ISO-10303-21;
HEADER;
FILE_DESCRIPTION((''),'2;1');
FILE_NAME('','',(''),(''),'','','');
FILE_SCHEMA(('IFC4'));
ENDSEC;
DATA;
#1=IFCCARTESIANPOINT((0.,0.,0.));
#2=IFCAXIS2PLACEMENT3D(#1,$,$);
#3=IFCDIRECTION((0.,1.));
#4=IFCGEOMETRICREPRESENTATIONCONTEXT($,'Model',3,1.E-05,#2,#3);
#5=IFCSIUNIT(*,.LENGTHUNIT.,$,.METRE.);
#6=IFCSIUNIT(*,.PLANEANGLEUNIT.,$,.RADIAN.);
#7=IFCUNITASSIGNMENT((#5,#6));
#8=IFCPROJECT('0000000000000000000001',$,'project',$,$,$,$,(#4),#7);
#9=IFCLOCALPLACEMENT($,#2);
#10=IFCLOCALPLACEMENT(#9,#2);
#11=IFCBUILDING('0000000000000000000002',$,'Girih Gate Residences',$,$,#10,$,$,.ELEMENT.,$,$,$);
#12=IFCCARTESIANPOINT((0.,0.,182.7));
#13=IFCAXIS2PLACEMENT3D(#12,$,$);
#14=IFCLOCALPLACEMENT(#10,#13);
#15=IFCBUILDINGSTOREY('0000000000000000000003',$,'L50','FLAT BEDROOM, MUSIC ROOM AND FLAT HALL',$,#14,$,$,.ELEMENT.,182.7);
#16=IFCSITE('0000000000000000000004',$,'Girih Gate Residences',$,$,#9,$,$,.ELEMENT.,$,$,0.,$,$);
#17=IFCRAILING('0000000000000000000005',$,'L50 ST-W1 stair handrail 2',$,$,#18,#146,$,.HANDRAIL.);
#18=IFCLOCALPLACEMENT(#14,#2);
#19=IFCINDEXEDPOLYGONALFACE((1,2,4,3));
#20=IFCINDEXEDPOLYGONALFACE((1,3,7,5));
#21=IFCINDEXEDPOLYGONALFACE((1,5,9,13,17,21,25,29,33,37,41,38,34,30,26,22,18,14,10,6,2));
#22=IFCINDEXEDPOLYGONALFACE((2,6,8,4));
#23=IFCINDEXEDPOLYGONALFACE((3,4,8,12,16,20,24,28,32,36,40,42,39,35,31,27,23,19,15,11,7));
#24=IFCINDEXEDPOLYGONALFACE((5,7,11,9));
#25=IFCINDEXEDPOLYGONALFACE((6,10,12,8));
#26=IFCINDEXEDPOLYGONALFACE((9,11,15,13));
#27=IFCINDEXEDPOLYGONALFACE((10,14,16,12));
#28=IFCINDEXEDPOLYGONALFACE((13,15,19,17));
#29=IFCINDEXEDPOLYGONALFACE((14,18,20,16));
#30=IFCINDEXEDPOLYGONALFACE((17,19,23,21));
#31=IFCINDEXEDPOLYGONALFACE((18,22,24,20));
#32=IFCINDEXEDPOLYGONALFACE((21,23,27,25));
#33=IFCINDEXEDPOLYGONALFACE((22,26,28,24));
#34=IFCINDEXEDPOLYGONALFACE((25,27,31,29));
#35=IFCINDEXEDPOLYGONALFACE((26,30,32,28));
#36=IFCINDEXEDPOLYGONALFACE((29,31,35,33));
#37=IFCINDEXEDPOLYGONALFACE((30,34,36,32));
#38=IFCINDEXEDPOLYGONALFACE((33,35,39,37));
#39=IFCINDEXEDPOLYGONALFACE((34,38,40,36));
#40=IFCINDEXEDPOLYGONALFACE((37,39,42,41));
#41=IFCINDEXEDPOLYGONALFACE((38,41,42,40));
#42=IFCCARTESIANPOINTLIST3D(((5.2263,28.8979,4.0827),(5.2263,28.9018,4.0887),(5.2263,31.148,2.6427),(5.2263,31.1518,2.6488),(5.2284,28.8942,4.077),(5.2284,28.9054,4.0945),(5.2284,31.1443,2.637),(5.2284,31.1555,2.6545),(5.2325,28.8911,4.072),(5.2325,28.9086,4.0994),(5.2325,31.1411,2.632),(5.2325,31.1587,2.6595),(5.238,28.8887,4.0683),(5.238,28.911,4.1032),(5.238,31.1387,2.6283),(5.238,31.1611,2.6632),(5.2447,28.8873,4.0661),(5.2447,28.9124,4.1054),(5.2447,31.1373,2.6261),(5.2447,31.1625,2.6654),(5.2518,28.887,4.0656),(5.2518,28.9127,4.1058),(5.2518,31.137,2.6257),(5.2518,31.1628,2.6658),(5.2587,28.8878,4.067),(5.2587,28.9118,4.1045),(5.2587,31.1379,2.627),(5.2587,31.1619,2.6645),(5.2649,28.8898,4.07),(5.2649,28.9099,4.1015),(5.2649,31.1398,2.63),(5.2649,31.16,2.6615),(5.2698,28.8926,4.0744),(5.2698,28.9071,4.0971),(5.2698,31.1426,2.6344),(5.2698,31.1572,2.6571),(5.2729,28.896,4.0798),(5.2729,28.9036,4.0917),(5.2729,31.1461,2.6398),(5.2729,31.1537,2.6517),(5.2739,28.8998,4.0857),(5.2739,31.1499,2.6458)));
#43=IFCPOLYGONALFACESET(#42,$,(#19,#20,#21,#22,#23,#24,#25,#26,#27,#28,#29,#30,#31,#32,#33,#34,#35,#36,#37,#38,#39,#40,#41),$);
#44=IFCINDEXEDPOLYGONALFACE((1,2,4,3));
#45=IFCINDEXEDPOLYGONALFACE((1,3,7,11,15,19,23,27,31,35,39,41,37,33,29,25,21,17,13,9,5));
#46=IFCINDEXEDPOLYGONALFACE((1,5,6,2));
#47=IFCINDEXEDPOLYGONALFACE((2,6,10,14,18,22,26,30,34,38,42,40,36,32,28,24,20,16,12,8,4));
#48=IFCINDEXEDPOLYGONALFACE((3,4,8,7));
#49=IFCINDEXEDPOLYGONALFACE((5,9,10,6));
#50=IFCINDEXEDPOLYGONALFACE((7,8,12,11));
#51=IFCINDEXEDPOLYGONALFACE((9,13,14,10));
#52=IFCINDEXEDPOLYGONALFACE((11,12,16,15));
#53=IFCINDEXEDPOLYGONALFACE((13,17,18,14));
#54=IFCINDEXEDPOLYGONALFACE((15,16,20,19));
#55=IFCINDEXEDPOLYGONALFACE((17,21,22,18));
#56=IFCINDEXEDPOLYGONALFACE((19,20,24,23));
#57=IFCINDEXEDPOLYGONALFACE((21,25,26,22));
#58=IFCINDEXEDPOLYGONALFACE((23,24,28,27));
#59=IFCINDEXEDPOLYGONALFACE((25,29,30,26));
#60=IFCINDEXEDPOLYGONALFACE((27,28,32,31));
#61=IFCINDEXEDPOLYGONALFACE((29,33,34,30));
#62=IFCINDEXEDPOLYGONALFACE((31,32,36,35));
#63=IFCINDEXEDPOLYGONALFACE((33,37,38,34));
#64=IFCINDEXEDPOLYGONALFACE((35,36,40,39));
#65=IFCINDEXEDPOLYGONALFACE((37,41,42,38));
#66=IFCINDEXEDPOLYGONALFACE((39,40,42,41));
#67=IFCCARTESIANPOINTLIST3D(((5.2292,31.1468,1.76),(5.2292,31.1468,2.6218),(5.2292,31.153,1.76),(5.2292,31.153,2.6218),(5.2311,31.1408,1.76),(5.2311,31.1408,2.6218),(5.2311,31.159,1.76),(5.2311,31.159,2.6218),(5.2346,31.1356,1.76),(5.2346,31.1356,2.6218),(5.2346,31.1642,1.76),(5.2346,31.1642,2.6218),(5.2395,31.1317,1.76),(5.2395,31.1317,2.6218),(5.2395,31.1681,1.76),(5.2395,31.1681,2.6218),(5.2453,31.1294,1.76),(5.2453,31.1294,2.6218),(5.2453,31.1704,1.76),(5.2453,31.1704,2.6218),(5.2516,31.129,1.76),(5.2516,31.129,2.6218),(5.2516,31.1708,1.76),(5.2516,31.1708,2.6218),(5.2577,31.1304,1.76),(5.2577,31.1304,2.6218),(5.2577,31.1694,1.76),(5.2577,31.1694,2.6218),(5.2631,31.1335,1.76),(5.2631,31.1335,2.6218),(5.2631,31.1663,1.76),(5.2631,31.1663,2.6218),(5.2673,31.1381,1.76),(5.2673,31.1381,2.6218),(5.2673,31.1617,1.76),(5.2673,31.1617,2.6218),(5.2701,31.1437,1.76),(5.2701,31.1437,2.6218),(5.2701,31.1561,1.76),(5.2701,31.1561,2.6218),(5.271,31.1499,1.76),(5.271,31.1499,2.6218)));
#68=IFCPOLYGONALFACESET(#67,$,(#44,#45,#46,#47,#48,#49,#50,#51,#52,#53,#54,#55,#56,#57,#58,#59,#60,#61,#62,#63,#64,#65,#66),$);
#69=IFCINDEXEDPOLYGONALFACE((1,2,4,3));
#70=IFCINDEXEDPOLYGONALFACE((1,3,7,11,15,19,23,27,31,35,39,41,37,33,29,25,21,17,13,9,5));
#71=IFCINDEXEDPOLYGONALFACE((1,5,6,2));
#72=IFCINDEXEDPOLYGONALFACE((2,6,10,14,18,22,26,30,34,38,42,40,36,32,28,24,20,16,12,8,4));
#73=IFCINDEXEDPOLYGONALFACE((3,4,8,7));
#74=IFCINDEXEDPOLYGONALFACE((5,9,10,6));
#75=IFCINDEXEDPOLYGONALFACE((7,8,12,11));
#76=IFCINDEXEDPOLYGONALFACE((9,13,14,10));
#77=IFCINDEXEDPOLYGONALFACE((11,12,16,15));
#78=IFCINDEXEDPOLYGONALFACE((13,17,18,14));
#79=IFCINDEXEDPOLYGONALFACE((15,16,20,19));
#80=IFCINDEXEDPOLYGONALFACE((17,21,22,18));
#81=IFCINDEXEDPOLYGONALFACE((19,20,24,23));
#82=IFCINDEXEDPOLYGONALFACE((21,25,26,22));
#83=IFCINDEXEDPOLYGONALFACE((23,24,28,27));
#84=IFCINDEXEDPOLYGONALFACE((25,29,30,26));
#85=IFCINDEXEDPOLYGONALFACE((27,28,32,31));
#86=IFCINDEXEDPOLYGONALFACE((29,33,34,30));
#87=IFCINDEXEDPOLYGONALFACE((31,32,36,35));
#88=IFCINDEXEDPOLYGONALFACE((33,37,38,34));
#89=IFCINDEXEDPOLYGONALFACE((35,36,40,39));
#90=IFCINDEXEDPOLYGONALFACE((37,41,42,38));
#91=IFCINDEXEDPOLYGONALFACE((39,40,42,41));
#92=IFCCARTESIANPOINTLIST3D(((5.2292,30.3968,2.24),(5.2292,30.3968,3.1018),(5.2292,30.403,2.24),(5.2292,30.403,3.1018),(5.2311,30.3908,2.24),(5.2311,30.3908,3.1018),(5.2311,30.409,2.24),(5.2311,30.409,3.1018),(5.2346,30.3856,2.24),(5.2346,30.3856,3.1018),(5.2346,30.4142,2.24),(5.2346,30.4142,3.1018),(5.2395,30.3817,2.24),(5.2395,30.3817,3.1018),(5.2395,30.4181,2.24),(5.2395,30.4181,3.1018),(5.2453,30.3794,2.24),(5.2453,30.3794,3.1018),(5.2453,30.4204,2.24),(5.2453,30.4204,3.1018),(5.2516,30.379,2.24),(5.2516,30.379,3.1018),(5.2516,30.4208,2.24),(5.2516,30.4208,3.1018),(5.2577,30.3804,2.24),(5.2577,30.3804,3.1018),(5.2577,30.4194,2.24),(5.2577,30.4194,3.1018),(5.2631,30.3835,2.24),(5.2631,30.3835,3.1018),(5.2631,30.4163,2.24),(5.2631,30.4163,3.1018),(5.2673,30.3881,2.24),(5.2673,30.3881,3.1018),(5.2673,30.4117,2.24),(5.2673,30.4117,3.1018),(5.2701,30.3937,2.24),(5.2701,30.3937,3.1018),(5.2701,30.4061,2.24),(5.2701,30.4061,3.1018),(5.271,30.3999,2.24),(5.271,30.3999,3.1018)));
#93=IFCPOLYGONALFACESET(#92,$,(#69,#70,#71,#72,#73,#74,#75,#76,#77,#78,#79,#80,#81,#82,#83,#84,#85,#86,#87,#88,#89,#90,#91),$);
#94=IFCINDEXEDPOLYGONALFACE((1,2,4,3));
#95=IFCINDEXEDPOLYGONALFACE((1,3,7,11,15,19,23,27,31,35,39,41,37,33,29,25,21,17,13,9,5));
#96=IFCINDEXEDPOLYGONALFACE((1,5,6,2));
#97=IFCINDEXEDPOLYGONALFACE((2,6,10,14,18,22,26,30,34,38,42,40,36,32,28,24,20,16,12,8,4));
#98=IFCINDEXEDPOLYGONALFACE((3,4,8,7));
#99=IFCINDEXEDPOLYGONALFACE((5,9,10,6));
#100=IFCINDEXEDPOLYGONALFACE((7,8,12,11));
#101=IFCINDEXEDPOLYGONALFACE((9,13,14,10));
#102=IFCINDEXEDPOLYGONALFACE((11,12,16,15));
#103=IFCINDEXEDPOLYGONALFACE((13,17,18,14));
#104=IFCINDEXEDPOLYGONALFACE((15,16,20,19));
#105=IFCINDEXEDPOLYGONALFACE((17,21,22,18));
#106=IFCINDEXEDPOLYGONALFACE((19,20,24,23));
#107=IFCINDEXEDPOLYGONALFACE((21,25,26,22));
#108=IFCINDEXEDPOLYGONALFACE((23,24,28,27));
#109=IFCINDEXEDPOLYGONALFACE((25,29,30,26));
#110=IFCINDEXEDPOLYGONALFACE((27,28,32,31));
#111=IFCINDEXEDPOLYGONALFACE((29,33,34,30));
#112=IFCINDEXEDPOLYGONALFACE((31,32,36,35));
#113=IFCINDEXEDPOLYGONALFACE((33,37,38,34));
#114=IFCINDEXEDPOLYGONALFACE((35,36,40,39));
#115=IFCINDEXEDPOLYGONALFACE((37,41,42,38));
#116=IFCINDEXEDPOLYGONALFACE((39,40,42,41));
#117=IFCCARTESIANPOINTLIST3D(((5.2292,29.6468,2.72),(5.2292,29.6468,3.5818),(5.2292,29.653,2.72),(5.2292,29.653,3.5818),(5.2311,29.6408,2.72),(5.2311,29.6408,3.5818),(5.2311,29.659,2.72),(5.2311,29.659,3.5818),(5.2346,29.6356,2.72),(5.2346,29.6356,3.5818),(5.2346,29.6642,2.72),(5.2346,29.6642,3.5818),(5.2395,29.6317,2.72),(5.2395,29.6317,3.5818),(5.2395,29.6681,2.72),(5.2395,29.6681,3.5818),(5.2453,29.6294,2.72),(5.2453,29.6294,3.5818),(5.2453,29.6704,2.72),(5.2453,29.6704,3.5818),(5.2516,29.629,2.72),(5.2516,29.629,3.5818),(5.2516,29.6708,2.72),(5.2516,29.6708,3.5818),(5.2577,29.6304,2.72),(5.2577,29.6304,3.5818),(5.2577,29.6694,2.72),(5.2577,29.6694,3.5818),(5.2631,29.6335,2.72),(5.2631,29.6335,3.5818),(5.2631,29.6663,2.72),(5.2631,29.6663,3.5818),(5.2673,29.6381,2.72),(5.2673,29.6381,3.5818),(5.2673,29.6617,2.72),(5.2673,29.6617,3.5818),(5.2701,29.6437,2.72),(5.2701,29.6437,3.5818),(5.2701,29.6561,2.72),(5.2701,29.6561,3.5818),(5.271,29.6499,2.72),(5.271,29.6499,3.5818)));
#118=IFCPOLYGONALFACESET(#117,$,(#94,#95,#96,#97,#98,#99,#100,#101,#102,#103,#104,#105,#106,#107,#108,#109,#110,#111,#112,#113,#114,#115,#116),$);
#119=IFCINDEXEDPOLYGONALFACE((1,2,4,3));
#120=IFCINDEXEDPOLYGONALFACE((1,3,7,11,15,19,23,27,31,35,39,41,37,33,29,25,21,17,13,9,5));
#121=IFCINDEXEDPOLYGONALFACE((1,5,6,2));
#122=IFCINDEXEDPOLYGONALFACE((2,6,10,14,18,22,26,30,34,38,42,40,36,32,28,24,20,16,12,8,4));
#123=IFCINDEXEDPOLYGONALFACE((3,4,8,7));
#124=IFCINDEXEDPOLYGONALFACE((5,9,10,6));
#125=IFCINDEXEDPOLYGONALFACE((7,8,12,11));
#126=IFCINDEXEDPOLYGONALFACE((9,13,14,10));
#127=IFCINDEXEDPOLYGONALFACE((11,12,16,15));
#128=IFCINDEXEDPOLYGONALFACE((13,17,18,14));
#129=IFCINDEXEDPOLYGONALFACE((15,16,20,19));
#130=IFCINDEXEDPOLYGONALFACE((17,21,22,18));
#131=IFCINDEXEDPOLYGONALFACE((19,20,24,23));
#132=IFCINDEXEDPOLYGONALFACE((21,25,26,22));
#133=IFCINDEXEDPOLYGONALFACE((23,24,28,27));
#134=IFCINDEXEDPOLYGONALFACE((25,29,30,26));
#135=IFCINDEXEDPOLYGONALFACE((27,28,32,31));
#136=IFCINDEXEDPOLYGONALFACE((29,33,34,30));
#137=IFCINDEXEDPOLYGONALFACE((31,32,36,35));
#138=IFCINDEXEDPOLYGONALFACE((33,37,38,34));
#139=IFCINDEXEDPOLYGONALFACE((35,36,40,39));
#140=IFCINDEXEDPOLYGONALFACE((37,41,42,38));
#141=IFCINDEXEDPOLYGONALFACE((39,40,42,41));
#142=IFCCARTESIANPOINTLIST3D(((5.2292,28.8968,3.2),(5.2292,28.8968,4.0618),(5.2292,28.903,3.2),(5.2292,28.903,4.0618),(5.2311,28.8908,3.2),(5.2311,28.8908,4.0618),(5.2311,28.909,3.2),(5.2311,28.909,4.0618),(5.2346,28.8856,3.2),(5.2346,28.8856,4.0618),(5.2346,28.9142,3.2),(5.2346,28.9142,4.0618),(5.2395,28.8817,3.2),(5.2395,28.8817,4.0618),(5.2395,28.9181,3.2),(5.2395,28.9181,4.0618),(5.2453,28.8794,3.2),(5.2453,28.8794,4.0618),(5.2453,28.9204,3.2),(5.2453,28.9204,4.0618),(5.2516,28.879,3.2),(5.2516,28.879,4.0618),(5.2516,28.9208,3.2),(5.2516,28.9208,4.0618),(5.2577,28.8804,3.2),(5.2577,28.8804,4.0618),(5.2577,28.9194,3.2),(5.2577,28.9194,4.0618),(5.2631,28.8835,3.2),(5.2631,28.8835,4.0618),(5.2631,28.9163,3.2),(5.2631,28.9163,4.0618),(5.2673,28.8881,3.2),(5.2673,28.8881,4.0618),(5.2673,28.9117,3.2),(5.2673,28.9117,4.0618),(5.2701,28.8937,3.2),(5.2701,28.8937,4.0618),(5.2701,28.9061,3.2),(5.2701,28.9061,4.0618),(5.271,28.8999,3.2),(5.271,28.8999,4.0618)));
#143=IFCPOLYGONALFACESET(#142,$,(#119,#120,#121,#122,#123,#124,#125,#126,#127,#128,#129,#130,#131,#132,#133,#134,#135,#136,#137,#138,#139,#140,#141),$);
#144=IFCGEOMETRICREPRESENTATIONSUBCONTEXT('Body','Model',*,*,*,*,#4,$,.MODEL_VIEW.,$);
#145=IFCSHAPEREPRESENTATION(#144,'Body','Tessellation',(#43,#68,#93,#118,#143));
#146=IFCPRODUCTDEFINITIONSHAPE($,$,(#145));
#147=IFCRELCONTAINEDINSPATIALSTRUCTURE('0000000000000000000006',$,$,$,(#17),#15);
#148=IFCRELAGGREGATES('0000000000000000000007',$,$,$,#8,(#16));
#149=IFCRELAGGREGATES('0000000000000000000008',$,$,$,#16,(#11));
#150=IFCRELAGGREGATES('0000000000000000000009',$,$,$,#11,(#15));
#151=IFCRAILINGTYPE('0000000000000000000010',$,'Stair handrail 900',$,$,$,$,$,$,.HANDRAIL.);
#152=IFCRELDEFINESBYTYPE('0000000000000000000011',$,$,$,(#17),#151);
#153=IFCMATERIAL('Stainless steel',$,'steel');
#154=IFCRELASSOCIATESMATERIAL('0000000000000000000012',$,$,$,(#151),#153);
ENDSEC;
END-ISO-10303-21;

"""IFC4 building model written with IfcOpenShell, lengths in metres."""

from ifc_helpers import new_model, si_unit, direction, frame, origin, origin_2d, place, context, subcontext, project, spatial, circle, extrude, material, type_object, element, save


model = new_model("IFC4")

# Units and contexts
model_context = context("Model", 3, precision=1e-05, world=origin(), true_north=direction((0.0, 1.0)))
body_context = subcontext(model_context, "Body", "Model", "MODEL_VIEW")
ifc_project = project(units=[si_unit("LENGTHUNIT", "METRE"), si_unit("PLANEANGLEUNIT", "RADIAN")], contexts=[model_context])

# Site, building, storey
site_placement = place(None, origin())
site = spatial("IfcSite", under=ifc_project, at=site_placement, Name="Girih Gate Residences", CompositionType="ELEMENT", RefElevation=0.0)
building_placement = place(site_placement, origin())
building = spatial("IfcBuilding", under=site, at=building_placement, Name="Girih Gate Residences", CompositionType="ELEMENT")
storey_placement = place(building_placement, frame((0.0, 0.0, 182.7)))
storey = spatial("IfcBuildingStorey", under=building, at=storey_placement, Name="L50", Description="FLAT BEDROOM, MUSIC ROOM AND FLAT HALL", CompositionType="ELEMENT", Elevation=182.7)

# Shared definitions
ifc_material_1 = material(Name="Stainless steel", Category="steel")

# Railing
railing_type_1 = type_object("IfcRailingType", Name="Stair handrail 900", PredefinedType="HANDRAIL", material=ifc_material_1)
railing_1_placement = place(storey_placement, frame((5.25, 31.1499, 1.76)))
element("IfcRailing", 1, at=railing_1_placement, inside=storey, type_object=railing_type_1, Name="L50 ST-W1 stair handrail 2", PredefinedType="HANDRAIL", context=body_context, shape_type="SweptSolid", body=[
    extrude(circle(Radius=0.0239, at=origin_2d()), frame((0.0, 0.0, 0.8857), z_axis=(0.0, -0.842281, 0.539038), x_axis=(1.0, 0.0, 0.0)), (0.0, 0.0, 1.0), 2.6714),
    extrude(circle(Radius=0.021, at=origin_2d()), origin(), (0.0, 0.0, 1.0), 0.8618),
    extrude(circle(Radius=0.021, at=origin_2d()), frame((0.0, -0.75, 0.48)), (0.0, 0.0, 1.0), 0.8618),
    extrude(circle(Radius=0.021, at=origin_2d()), frame((0.0, -1.5, 0.96)), (0.0, 0.0, 1.0), 0.8618),
    extrude(circle(Radius=0.021, at=origin_2d()), frame((0.0, -2.25, 1.4399)), (0.0, 0.0, 1.0), 0.8618),
])

save(model, "model.ifc")
